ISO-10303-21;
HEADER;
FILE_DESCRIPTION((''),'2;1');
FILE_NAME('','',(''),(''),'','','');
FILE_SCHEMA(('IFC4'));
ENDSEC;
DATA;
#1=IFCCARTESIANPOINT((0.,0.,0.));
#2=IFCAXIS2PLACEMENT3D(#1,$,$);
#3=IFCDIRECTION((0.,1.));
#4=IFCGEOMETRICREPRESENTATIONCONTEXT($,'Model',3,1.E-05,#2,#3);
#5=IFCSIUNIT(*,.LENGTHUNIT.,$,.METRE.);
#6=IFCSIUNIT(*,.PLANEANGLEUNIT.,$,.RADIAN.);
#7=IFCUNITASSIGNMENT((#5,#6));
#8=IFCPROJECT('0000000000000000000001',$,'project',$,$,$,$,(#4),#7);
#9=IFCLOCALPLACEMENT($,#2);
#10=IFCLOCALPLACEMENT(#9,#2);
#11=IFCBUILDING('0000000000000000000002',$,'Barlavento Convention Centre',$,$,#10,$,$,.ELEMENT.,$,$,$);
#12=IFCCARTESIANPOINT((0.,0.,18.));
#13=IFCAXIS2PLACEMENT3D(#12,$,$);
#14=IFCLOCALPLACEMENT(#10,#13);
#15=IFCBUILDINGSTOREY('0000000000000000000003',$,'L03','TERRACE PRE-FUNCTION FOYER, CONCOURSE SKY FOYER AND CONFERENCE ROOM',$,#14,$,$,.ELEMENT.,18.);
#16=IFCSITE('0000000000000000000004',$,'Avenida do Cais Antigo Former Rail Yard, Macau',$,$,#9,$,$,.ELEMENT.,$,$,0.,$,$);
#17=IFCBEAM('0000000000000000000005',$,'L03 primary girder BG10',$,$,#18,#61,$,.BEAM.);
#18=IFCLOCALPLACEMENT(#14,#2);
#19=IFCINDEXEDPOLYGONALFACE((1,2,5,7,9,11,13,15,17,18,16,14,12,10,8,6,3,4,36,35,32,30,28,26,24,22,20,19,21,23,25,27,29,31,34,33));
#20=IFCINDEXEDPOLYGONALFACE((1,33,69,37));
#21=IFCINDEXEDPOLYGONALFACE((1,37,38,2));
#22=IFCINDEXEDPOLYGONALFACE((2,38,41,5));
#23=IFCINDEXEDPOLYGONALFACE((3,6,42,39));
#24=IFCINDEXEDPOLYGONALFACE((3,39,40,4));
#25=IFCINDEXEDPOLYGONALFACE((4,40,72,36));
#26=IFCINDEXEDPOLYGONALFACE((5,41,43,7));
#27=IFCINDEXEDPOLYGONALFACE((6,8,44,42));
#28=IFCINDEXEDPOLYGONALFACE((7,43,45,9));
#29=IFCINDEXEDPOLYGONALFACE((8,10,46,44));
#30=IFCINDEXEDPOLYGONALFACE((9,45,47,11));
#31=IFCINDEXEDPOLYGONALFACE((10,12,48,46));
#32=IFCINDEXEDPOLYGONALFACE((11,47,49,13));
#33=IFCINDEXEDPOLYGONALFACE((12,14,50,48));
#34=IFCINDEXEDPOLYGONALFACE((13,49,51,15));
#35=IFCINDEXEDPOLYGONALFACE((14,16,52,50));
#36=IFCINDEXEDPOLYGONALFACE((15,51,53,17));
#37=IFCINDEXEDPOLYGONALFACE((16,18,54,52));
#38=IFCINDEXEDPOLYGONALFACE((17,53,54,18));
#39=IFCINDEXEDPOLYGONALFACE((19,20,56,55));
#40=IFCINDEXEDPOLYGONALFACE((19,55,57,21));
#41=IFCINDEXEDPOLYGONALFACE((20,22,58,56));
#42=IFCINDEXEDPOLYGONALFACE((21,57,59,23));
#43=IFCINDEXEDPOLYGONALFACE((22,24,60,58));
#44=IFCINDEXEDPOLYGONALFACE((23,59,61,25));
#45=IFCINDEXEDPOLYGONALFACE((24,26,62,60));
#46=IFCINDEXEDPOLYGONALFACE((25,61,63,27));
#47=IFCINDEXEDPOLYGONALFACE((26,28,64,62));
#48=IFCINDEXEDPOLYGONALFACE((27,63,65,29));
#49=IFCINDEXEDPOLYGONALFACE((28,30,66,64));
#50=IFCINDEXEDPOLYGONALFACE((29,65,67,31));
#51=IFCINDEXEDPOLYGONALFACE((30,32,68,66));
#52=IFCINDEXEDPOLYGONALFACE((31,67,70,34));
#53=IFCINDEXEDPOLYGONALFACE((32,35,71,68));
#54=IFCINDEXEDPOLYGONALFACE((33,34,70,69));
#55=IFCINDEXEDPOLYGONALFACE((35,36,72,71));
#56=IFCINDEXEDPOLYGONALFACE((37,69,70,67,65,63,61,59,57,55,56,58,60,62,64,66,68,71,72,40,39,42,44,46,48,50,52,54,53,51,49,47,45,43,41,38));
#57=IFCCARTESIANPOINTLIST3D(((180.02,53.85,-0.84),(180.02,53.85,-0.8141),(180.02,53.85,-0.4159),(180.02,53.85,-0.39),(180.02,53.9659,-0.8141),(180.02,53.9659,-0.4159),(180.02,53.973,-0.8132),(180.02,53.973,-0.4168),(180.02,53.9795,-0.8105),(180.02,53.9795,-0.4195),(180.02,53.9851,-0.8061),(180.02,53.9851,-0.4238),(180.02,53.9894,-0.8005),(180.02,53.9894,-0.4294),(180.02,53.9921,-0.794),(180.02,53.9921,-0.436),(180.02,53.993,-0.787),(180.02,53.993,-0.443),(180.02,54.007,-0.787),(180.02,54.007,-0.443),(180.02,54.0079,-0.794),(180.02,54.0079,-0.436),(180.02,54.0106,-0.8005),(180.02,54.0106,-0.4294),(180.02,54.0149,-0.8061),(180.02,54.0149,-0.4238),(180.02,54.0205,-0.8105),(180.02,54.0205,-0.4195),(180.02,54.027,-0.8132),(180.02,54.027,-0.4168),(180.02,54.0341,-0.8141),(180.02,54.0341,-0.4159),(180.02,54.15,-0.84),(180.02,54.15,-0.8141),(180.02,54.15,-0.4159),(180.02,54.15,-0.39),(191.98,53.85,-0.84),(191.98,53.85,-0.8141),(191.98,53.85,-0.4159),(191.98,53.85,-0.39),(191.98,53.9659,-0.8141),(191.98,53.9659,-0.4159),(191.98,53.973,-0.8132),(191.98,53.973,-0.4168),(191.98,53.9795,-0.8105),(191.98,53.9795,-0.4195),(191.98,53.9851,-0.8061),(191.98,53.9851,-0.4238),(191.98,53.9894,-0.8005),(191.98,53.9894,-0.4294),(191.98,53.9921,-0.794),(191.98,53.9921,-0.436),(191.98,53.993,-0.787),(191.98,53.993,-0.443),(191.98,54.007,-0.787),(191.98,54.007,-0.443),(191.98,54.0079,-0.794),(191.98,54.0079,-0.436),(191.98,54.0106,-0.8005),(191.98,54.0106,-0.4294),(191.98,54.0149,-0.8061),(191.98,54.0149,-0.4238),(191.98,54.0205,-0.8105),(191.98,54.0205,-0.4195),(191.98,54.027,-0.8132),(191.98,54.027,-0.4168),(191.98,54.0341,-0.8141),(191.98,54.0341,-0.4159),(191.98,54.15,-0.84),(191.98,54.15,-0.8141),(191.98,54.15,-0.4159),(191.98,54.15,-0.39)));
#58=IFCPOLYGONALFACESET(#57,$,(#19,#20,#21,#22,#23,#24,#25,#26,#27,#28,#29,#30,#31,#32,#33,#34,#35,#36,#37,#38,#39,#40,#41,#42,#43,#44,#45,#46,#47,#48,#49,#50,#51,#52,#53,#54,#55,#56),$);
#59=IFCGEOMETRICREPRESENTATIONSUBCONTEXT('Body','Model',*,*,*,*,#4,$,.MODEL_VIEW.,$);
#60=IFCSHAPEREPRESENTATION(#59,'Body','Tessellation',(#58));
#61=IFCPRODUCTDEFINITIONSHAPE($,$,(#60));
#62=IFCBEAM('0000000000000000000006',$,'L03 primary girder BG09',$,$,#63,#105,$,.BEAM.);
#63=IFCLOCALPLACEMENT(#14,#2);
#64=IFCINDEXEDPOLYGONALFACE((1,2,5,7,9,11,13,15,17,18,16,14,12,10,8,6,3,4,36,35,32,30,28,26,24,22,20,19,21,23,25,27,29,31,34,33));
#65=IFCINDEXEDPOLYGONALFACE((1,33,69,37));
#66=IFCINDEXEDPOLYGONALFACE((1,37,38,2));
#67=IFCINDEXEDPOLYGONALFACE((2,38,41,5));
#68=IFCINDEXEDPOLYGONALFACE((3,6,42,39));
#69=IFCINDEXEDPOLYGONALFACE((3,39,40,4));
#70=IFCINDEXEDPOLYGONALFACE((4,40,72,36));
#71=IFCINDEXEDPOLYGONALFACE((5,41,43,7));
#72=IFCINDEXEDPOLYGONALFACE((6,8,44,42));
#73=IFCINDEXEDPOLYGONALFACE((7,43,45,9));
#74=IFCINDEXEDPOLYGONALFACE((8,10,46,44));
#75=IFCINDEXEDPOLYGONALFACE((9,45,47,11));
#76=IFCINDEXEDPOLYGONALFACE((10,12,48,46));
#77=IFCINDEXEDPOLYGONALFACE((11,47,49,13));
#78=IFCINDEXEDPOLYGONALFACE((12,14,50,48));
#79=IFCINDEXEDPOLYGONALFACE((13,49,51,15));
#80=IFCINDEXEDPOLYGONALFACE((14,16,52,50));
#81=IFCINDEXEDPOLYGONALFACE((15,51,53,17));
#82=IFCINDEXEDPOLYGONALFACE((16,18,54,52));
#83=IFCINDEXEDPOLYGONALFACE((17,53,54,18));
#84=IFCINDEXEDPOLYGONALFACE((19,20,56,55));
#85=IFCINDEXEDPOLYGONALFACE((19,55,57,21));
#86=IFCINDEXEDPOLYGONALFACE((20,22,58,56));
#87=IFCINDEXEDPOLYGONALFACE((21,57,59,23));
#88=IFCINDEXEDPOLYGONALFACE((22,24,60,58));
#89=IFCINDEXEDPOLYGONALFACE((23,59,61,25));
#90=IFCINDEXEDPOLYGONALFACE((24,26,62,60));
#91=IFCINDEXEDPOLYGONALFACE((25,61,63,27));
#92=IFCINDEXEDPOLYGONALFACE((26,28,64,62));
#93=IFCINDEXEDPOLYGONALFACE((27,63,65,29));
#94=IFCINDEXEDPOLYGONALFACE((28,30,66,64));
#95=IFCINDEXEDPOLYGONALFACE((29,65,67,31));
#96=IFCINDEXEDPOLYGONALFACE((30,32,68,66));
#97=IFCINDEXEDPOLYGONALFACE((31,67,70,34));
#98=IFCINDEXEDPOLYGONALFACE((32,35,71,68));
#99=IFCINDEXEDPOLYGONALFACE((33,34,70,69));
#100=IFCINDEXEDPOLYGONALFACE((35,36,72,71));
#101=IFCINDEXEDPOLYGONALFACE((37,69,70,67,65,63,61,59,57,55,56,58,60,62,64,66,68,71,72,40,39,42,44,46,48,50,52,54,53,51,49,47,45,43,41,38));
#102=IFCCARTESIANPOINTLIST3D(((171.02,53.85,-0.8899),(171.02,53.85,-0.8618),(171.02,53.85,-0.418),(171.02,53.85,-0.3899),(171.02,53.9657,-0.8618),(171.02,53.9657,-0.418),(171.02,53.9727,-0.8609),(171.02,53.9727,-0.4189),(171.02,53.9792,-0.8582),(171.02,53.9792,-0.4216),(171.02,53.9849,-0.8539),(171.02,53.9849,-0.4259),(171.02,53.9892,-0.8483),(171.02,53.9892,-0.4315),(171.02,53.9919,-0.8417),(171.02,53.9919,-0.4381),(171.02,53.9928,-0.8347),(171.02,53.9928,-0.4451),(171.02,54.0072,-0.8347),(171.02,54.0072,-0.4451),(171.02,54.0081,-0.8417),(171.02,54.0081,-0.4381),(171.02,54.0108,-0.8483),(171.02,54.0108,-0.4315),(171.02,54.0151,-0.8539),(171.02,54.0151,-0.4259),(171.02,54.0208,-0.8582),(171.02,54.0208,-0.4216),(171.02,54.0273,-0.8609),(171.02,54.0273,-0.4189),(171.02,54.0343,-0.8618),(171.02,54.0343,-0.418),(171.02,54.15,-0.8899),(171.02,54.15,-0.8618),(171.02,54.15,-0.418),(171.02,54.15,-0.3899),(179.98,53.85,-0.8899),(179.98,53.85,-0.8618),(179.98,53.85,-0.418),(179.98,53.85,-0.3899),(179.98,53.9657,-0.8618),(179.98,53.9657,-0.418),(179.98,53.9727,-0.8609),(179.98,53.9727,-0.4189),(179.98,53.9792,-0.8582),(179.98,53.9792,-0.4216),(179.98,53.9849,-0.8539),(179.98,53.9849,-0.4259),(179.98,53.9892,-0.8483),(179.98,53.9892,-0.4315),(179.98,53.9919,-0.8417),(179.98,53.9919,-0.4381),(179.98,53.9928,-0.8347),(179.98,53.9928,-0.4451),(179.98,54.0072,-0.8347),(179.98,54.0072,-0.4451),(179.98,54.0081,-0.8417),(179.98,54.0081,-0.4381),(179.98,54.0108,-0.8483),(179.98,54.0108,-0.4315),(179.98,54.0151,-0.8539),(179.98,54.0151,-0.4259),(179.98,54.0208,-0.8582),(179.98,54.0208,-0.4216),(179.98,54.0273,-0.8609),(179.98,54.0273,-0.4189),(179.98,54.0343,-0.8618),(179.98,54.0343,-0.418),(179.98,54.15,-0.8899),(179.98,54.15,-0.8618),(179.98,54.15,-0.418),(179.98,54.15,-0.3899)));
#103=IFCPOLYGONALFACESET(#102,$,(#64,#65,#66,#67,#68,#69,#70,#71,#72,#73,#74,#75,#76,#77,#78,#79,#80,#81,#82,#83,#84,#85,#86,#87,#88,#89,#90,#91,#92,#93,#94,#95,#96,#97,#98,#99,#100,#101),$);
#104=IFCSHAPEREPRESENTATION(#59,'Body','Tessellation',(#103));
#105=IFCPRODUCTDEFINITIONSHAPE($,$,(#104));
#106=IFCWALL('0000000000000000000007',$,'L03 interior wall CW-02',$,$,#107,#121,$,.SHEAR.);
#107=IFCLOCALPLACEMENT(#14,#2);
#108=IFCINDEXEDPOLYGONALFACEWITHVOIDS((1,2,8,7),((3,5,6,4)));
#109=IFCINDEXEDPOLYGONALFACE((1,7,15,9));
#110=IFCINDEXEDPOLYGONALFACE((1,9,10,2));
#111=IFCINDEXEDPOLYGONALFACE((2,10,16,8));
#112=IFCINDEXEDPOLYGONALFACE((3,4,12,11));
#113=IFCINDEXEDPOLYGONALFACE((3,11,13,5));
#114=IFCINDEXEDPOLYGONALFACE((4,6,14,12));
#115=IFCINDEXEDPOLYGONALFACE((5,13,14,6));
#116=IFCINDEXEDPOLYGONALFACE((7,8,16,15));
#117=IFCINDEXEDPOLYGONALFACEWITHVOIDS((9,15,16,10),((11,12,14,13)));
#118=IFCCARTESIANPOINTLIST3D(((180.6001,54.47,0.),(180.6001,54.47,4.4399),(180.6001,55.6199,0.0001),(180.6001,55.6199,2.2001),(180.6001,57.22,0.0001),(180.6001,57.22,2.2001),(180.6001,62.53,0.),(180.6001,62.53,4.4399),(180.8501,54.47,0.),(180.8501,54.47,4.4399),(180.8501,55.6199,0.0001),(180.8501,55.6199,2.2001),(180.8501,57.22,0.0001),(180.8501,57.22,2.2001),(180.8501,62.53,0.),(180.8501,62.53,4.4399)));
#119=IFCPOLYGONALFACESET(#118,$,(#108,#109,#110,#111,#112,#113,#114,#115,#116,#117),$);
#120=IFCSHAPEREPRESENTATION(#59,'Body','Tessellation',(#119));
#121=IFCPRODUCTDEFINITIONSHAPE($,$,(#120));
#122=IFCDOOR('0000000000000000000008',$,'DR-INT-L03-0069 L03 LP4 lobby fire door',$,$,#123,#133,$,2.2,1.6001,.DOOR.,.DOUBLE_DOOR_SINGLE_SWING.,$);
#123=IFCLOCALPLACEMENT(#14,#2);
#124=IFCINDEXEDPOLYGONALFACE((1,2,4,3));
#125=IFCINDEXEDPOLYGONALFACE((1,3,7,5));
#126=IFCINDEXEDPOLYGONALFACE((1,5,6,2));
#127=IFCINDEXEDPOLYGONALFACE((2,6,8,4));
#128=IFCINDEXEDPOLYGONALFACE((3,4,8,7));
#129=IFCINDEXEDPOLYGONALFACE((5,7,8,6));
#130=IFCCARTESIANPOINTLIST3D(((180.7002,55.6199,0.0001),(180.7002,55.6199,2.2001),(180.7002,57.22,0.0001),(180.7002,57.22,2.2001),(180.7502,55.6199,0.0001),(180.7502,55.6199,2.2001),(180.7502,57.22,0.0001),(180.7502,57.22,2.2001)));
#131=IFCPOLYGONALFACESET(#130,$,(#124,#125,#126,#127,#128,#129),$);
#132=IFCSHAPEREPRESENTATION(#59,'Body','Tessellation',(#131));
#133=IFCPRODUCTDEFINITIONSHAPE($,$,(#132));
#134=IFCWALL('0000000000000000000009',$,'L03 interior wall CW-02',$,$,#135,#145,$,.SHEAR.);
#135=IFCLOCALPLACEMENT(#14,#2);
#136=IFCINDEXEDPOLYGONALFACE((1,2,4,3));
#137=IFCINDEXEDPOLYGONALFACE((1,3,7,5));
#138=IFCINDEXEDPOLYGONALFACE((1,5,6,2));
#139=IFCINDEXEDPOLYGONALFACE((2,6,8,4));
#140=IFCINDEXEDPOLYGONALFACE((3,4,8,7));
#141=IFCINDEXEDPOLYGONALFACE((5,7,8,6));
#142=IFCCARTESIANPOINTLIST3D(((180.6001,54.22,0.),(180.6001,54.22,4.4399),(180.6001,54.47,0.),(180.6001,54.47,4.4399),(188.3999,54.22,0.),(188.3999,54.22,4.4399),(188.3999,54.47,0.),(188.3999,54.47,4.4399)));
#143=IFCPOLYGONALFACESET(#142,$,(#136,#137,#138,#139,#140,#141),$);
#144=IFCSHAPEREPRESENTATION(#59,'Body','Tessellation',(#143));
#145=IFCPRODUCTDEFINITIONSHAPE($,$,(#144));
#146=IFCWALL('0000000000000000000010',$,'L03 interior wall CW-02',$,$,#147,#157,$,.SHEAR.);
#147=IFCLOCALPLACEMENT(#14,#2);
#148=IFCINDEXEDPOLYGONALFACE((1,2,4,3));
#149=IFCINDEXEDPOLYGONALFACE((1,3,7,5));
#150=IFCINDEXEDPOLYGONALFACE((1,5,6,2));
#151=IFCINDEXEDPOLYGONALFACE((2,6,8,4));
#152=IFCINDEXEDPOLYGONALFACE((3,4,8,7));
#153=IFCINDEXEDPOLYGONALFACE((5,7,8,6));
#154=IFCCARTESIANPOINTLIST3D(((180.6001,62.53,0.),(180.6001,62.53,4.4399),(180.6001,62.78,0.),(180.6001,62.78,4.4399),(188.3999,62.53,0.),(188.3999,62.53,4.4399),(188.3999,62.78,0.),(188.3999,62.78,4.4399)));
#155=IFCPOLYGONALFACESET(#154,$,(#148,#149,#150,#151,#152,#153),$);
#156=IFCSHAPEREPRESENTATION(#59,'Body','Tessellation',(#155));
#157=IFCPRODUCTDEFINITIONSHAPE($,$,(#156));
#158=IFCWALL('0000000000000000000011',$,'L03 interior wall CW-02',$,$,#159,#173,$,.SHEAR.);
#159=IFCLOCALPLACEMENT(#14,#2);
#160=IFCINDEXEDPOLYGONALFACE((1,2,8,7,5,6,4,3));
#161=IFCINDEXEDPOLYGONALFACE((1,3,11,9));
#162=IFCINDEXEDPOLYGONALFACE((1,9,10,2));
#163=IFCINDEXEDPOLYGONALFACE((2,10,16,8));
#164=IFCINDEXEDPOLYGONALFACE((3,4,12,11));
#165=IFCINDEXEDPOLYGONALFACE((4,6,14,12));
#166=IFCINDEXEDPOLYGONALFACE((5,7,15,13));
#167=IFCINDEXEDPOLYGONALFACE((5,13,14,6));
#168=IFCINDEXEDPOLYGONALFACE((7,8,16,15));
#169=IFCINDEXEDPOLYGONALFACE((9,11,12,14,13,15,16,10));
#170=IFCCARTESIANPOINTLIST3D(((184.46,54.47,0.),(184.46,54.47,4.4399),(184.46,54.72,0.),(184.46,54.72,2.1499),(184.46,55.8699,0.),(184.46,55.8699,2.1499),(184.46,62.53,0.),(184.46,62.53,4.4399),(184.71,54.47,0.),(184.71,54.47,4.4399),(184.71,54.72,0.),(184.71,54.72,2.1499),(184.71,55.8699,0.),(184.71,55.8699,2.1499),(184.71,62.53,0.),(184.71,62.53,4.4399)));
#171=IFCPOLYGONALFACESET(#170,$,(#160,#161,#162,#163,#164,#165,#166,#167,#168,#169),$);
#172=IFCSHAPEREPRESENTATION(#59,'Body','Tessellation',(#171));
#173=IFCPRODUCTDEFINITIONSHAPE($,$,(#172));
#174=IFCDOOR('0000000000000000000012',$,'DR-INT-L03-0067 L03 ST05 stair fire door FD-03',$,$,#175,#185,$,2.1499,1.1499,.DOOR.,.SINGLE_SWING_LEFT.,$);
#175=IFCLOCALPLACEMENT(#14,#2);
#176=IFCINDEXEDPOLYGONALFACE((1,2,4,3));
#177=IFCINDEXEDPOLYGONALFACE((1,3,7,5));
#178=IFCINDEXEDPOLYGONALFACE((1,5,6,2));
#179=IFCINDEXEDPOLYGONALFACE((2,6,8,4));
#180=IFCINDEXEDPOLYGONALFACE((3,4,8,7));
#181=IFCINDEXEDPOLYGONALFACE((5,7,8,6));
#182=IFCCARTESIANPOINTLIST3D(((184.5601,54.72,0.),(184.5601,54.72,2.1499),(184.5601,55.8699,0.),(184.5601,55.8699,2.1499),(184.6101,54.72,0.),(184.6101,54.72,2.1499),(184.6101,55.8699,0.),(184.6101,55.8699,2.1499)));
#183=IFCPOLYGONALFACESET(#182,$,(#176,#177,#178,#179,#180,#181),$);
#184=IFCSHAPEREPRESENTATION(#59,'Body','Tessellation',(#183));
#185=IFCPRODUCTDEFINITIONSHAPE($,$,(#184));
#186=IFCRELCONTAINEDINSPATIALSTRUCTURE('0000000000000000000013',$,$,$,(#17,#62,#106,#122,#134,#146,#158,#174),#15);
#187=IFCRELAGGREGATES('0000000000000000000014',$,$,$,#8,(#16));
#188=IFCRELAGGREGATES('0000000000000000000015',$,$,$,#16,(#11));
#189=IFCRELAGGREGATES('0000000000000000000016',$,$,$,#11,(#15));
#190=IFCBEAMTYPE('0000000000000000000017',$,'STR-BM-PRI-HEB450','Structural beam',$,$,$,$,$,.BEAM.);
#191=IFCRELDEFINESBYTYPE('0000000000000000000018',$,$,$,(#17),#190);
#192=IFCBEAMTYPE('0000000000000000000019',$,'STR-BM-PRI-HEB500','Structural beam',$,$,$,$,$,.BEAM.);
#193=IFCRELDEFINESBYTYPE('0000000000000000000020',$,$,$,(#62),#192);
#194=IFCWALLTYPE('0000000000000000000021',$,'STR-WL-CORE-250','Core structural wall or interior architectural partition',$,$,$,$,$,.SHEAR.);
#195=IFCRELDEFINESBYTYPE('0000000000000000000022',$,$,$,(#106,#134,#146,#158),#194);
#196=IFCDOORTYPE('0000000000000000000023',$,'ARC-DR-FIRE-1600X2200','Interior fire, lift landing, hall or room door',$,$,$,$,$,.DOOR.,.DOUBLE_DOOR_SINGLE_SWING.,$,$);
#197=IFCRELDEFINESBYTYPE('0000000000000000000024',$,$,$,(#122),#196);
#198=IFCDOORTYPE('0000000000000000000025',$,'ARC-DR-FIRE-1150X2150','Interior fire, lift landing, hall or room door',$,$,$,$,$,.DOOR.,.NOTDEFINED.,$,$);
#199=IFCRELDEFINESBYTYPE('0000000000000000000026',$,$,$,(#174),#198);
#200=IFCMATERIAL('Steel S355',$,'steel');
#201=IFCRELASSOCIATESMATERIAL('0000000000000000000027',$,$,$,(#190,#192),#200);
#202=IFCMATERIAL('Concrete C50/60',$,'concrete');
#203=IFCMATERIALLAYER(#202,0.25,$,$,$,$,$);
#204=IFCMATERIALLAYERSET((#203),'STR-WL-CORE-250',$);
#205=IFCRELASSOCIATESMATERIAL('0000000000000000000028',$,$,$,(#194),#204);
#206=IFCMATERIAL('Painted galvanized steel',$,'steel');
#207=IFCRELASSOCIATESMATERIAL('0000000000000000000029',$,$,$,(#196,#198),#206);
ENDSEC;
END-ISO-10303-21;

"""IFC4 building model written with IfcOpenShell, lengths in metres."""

from ifc_helpers import new_model, si_unit, direction, frame, frame_2d, origin, origin_2d, place, context, subcontext, project, spatial, rectangle, i_section, extrude, material, layer, layer_set, material_profile, profile_set, type_object, element, fill, save


model = new_model("IFC4")

# Units and contexts
model_context = context("Model", 3, precision=1e-05, world=origin(), true_north=direction((0.0, 1.0)))
body_context = subcontext(model_context, "Body", "Model", "MODEL_VIEW")
ifc_project = project(units=[si_unit("LENGTHUNIT", "METRE"), si_unit("PLANEANGLEUNIT", "RADIAN")], contexts=[model_context])

# Site, building, storey
site_placement = place(None, origin())
site = spatial("IfcSite", under=ifc_project, at=site_placement, Name="Avenida do Cais Antigo Former Rail Yard, Macau", CompositionType="ELEMENT", RefElevation=0.0)
building_placement = place(site_placement, origin())
building = spatial("IfcBuilding", under=site, at=building_placement, Name="Barlavento Convention Centre", CompositionType="ELEMENT")
storey_placement = place(building_placement, frame((0.0, 0.0, 18.0)))
storey = spatial("IfcBuildingStorey", under=building, at=storey_placement, Name="L03", Description="TERRACE PRE-FUNCTION FOYER, CONCOURSE SKY FOYER AND CONFERENCE ROOM", CompositionType="ELEMENT", Elevation=18.0)

# Shared definitions
ifc_material_1 = material(Name="Steel S355", Category="steel")

# Beams
ifc_material_profile_1 = material_profile(ifc_material_1, i_section(OverallWidth=0.3, OverallDepth=0.45, WebThickness=0.0139, FlangeThickness=0.0259, FilletRadius=0.0271, at=origin_2d()), Name="HEB 450")
ifc_profile_set_1 = profile_set([ifc_material_profile_1], Name="Steel S355")
beam_type_1 = type_object("IfcBeamType", Name="STR-BM-PRI-HEB450", Description="Structural beam", PredefinedType="BEAM", material=ifc_profile_set_1)
beam_1_placement = place(storey_placement, frame((180.02, 54.0, -0.615), z_axis=(1.0, 0.0, 0.0), x_axis=(0.0, 1.0, 0.0)))
element("IfcBeam", 1, at=beam_1_placement, inside=storey, type_object=beam_type_1, Name="L03 primary girder BG10", PredefinedType="BEAM", context=body_context, shape_type="SweptSolid", body=[
    extrude(i_section(OverallWidth=0.3, OverallDepth=0.45, WebThickness=0.0139, FlangeThickness=0.0259, FilletRadius=0.0271, at=origin_2d()), origin(), (0.0, 0.0, 1.0), 11.96),
])
ifc_material_profile_2 = material_profile(ifc_material_1, i_section(OverallWidth=0.3, OverallDepth=0.5, WebThickness=0.0144, FlangeThickness=0.0281, FilletRadius=0.0271, at=origin_2d()), Name="HEB 500")
ifc_profile_set_2 = profile_set([ifc_material_profile_2], Name="Steel S355")
beam_type_2 = type_object("IfcBeamType", Name="STR-BM-PRI-HEB500", Description="Structural beam", PredefinedType="BEAM", material=ifc_profile_set_2)
beam_2_placement = place(storey_placement, frame((171.02, 54.0, -0.6399), z_axis=(1.0, 0.0, 0.0), x_axis=(0.0, 1.0, 0.0)))
element("IfcBeam", 2, at=beam_2_placement, inside=storey, type_object=beam_type_2, Name="L03 primary girder BG09", PredefinedType="BEAM", context=body_context, shape_type="SweptSolid", body=[
    extrude(i_section(OverallWidth=0.3, OverallDepth=0.5, WebThickness=0.0144, FlangeThickness=0.0281, FilletRadius=0.0271, at=origin_2d()), origin(), (0.0, 0.0, 1.0), 8.96),
])

# Wall, opening, door
ifc_material_2 = material(Name="Concrete C50/60", Category="concrete")
ifc_layer = layer(ifc_material_2, 0.25)
ifc_layer_set = layer_set([ifc_layer], Name="STR-WL-CORE-250")
wall_type = type_object("IfcWallType", Name="STR-WL-CORE-250", Description="Core structural wall or interior architectural partition", PredefinedType="SHEAR", material=ifc_layer_set)
wall_1_placement = place(storey_placement, frame((180.7251, 54.47, 0.0), z_axis=(0.0, 0.0, 1.0), x_axis=(0.0, 1.0, 0.0)))
wall_1 = element("IfcWall", 3, at=wall_1_placement, inside=storey, type_object=wall_type, Name="L03 interior wall CW-02", PredefinedType="SHEAR", context=body_context, shape_type="SweptSolid", body=[
    extrude(rectangle(XDim=8.0601, YDim=0.25, at=frame_2d((4.03, 0.0))), origin(), (0.0, 0.0, 1.0), 4.4399),
])
opening_1_placement = place(wall_1_placement, frame((1.1499, 0.0, 0.0)))
opening_1 = element("IfcOpeningElement", 4, at=opening_1_placement, cuts=wall_1, PredefinedType="OPENING", context=body_context, shape_type="SweptSolid", body=[
    extrude(rectangle(XDim=1.6001, YDim=2.2, at=frame_2d((0.8, 1.1001))), frame((0.0, 0.135, 0.0), z_axis=(0.0, -1.0, 0.0), x_axis=(1.0, 0.0, 0.0)), (0.0, 0.0, 1.0), 0.27),
])
ifc_material_3 = material(Name="Painted galvanized steel", Category="steel")
door_type_1 = type_object("IfcDoorType", Name="ARC-DR-FIRE-1600X2200", Description="Interior fire, lift landing, hall or room door", OperationType="DOUBLE_DOOR_SINGLE_SWING", PredefinedType="DOOR", material=ifc_material_3)
door_1_placement = place(opening_1_placement, origin())
door_1 = element("IfcDoor", 5, at=door_1_placement, inside=storey, type_object=door_type_1, Name="DR-INT-L03-0069 L03 LP4 lobby fire door", OperationType="DOUBLE_DOOR_SINGLE_SWING", OverallHeight=2.2, OverallWidth=1.6001, PredefinedType="DOOR", context=body_context, shape_type="SweptSolid", body=[
    extrude(rectangle(XDim=1.6001, YDim=2.2, at=frame_2d((0.8, 1.1001))), frame((0.0, 0.0249, 0.0), z_axis=(0.0, -1.0, 0.0), x_axis=(1.0, 0.0, 0.0)), (0.0, 0.0, 1.0), 0.05),
])
fill(opening_1, door_1)

# Walls
for number, where, z_axis, x_axis, name in (
    (6, (180.6001, 54.345, 0.0), (0.0, 0.0, 1.0), (1.0, 0.0, 0.0), "L03 interior wall CW-02"),
    (7, (180.6001, 62.655, 0.0), (0.0, 0.0, 1.0), (1.0, 0.0, 0.0), "L03 interior wall CW-02"),
):
    element("IfcWall", number, at=place(storey_placement, frame(where, z_axis=z_axis, x_axis=x_axis)), inside=storey, type_object=wall_type, Name=name, PredefinedType="SHEAR", context=body_context, shape_type="SweptSolid", body=[
        extrude(rectangle(XDim=7.7998, YDim=0.25, at=frame_2d((3.8999, 0.0))), origin(), (0.0, 0.0, 1.0), 4.4399),
    ])

# Wall, opening, door
wall_2_placement = place(storey_placement, frame((184.585, 54.47, 0.0), z_axis=(0.0, 0.0, 1.0), x_axis=(0.0, 1.0, 0.0)))
wall_2 = element("IfcWall", 8, at=wall_2_placement, inside=storey, type_object=wall_type, Name="L03 interior wall CW-02", PredefinedType="SHEAR", context=body_context, shape_type="SweptSolid", body=[
    extrude(rectangle(XDim=8.0601, YDim=0.25, at=frame_2d((4.03, 0.0))), origin(), (0.0, 0.0, 1.0), 4.4399),
])
opening_2_placement = place(wall_2_placement, frame((0.25, 0.0, 0.0)))
opening_2 = element("IfcOpeningElement", 9, at=opening_2_placement, cuts=wall_2, PredefinedType="OPENING", context=body_context, shape_type="SweptSolid", body=[
    extrude(rectangle(XDim=1.1499, YDim=2.1499, at=frame_2d((0.575, 1.075))), frame((0.0, 0.135, 0.0), z_axis=(0.0, -1.0, 0.0), x_axis=(1.0, 0.0, 0.0)), (0.0, 0.0, 1.0), 0.27),
])
door_type_2 = type_object("IfcDoorType", Name="ARC-DR-FIRE-1150X2150", Description="Interior fire, lift landing, hall or room door", OperationType="NOTDEFINED", PredefinedType="DOOR", material=ifc_material_3)
door_2_placement = place(opening_2_placement, origin())
door_2 = element("IfcDoor", 10, at=door_2_placement, inside=storey, type_object=door_type_2, Name="DR-INT-L03-0067 L03 ST05 stair fire door FD-03", OperationType="SINGLE_SWING_LEFT", OverallHeight=2.1499, OverallWidth=1.1499, PredefinedType="DOOR", context=body_context, shape_type="SweptSolid", body=[
    extrude(rectangle(XDim=1.1499, YDim=2.1499, at=frame_2d((0.575, 1.075))), frame((0.0, 0.0249, 0.0), z_axis=(0.0, -1.0, 0.0), x_axis=(1.0, 0.0, 0.0)), (0.0, 0.0, 1.0), 0.05),
])
fill(opening_2, door_2)

save(model, "model.ifc")
